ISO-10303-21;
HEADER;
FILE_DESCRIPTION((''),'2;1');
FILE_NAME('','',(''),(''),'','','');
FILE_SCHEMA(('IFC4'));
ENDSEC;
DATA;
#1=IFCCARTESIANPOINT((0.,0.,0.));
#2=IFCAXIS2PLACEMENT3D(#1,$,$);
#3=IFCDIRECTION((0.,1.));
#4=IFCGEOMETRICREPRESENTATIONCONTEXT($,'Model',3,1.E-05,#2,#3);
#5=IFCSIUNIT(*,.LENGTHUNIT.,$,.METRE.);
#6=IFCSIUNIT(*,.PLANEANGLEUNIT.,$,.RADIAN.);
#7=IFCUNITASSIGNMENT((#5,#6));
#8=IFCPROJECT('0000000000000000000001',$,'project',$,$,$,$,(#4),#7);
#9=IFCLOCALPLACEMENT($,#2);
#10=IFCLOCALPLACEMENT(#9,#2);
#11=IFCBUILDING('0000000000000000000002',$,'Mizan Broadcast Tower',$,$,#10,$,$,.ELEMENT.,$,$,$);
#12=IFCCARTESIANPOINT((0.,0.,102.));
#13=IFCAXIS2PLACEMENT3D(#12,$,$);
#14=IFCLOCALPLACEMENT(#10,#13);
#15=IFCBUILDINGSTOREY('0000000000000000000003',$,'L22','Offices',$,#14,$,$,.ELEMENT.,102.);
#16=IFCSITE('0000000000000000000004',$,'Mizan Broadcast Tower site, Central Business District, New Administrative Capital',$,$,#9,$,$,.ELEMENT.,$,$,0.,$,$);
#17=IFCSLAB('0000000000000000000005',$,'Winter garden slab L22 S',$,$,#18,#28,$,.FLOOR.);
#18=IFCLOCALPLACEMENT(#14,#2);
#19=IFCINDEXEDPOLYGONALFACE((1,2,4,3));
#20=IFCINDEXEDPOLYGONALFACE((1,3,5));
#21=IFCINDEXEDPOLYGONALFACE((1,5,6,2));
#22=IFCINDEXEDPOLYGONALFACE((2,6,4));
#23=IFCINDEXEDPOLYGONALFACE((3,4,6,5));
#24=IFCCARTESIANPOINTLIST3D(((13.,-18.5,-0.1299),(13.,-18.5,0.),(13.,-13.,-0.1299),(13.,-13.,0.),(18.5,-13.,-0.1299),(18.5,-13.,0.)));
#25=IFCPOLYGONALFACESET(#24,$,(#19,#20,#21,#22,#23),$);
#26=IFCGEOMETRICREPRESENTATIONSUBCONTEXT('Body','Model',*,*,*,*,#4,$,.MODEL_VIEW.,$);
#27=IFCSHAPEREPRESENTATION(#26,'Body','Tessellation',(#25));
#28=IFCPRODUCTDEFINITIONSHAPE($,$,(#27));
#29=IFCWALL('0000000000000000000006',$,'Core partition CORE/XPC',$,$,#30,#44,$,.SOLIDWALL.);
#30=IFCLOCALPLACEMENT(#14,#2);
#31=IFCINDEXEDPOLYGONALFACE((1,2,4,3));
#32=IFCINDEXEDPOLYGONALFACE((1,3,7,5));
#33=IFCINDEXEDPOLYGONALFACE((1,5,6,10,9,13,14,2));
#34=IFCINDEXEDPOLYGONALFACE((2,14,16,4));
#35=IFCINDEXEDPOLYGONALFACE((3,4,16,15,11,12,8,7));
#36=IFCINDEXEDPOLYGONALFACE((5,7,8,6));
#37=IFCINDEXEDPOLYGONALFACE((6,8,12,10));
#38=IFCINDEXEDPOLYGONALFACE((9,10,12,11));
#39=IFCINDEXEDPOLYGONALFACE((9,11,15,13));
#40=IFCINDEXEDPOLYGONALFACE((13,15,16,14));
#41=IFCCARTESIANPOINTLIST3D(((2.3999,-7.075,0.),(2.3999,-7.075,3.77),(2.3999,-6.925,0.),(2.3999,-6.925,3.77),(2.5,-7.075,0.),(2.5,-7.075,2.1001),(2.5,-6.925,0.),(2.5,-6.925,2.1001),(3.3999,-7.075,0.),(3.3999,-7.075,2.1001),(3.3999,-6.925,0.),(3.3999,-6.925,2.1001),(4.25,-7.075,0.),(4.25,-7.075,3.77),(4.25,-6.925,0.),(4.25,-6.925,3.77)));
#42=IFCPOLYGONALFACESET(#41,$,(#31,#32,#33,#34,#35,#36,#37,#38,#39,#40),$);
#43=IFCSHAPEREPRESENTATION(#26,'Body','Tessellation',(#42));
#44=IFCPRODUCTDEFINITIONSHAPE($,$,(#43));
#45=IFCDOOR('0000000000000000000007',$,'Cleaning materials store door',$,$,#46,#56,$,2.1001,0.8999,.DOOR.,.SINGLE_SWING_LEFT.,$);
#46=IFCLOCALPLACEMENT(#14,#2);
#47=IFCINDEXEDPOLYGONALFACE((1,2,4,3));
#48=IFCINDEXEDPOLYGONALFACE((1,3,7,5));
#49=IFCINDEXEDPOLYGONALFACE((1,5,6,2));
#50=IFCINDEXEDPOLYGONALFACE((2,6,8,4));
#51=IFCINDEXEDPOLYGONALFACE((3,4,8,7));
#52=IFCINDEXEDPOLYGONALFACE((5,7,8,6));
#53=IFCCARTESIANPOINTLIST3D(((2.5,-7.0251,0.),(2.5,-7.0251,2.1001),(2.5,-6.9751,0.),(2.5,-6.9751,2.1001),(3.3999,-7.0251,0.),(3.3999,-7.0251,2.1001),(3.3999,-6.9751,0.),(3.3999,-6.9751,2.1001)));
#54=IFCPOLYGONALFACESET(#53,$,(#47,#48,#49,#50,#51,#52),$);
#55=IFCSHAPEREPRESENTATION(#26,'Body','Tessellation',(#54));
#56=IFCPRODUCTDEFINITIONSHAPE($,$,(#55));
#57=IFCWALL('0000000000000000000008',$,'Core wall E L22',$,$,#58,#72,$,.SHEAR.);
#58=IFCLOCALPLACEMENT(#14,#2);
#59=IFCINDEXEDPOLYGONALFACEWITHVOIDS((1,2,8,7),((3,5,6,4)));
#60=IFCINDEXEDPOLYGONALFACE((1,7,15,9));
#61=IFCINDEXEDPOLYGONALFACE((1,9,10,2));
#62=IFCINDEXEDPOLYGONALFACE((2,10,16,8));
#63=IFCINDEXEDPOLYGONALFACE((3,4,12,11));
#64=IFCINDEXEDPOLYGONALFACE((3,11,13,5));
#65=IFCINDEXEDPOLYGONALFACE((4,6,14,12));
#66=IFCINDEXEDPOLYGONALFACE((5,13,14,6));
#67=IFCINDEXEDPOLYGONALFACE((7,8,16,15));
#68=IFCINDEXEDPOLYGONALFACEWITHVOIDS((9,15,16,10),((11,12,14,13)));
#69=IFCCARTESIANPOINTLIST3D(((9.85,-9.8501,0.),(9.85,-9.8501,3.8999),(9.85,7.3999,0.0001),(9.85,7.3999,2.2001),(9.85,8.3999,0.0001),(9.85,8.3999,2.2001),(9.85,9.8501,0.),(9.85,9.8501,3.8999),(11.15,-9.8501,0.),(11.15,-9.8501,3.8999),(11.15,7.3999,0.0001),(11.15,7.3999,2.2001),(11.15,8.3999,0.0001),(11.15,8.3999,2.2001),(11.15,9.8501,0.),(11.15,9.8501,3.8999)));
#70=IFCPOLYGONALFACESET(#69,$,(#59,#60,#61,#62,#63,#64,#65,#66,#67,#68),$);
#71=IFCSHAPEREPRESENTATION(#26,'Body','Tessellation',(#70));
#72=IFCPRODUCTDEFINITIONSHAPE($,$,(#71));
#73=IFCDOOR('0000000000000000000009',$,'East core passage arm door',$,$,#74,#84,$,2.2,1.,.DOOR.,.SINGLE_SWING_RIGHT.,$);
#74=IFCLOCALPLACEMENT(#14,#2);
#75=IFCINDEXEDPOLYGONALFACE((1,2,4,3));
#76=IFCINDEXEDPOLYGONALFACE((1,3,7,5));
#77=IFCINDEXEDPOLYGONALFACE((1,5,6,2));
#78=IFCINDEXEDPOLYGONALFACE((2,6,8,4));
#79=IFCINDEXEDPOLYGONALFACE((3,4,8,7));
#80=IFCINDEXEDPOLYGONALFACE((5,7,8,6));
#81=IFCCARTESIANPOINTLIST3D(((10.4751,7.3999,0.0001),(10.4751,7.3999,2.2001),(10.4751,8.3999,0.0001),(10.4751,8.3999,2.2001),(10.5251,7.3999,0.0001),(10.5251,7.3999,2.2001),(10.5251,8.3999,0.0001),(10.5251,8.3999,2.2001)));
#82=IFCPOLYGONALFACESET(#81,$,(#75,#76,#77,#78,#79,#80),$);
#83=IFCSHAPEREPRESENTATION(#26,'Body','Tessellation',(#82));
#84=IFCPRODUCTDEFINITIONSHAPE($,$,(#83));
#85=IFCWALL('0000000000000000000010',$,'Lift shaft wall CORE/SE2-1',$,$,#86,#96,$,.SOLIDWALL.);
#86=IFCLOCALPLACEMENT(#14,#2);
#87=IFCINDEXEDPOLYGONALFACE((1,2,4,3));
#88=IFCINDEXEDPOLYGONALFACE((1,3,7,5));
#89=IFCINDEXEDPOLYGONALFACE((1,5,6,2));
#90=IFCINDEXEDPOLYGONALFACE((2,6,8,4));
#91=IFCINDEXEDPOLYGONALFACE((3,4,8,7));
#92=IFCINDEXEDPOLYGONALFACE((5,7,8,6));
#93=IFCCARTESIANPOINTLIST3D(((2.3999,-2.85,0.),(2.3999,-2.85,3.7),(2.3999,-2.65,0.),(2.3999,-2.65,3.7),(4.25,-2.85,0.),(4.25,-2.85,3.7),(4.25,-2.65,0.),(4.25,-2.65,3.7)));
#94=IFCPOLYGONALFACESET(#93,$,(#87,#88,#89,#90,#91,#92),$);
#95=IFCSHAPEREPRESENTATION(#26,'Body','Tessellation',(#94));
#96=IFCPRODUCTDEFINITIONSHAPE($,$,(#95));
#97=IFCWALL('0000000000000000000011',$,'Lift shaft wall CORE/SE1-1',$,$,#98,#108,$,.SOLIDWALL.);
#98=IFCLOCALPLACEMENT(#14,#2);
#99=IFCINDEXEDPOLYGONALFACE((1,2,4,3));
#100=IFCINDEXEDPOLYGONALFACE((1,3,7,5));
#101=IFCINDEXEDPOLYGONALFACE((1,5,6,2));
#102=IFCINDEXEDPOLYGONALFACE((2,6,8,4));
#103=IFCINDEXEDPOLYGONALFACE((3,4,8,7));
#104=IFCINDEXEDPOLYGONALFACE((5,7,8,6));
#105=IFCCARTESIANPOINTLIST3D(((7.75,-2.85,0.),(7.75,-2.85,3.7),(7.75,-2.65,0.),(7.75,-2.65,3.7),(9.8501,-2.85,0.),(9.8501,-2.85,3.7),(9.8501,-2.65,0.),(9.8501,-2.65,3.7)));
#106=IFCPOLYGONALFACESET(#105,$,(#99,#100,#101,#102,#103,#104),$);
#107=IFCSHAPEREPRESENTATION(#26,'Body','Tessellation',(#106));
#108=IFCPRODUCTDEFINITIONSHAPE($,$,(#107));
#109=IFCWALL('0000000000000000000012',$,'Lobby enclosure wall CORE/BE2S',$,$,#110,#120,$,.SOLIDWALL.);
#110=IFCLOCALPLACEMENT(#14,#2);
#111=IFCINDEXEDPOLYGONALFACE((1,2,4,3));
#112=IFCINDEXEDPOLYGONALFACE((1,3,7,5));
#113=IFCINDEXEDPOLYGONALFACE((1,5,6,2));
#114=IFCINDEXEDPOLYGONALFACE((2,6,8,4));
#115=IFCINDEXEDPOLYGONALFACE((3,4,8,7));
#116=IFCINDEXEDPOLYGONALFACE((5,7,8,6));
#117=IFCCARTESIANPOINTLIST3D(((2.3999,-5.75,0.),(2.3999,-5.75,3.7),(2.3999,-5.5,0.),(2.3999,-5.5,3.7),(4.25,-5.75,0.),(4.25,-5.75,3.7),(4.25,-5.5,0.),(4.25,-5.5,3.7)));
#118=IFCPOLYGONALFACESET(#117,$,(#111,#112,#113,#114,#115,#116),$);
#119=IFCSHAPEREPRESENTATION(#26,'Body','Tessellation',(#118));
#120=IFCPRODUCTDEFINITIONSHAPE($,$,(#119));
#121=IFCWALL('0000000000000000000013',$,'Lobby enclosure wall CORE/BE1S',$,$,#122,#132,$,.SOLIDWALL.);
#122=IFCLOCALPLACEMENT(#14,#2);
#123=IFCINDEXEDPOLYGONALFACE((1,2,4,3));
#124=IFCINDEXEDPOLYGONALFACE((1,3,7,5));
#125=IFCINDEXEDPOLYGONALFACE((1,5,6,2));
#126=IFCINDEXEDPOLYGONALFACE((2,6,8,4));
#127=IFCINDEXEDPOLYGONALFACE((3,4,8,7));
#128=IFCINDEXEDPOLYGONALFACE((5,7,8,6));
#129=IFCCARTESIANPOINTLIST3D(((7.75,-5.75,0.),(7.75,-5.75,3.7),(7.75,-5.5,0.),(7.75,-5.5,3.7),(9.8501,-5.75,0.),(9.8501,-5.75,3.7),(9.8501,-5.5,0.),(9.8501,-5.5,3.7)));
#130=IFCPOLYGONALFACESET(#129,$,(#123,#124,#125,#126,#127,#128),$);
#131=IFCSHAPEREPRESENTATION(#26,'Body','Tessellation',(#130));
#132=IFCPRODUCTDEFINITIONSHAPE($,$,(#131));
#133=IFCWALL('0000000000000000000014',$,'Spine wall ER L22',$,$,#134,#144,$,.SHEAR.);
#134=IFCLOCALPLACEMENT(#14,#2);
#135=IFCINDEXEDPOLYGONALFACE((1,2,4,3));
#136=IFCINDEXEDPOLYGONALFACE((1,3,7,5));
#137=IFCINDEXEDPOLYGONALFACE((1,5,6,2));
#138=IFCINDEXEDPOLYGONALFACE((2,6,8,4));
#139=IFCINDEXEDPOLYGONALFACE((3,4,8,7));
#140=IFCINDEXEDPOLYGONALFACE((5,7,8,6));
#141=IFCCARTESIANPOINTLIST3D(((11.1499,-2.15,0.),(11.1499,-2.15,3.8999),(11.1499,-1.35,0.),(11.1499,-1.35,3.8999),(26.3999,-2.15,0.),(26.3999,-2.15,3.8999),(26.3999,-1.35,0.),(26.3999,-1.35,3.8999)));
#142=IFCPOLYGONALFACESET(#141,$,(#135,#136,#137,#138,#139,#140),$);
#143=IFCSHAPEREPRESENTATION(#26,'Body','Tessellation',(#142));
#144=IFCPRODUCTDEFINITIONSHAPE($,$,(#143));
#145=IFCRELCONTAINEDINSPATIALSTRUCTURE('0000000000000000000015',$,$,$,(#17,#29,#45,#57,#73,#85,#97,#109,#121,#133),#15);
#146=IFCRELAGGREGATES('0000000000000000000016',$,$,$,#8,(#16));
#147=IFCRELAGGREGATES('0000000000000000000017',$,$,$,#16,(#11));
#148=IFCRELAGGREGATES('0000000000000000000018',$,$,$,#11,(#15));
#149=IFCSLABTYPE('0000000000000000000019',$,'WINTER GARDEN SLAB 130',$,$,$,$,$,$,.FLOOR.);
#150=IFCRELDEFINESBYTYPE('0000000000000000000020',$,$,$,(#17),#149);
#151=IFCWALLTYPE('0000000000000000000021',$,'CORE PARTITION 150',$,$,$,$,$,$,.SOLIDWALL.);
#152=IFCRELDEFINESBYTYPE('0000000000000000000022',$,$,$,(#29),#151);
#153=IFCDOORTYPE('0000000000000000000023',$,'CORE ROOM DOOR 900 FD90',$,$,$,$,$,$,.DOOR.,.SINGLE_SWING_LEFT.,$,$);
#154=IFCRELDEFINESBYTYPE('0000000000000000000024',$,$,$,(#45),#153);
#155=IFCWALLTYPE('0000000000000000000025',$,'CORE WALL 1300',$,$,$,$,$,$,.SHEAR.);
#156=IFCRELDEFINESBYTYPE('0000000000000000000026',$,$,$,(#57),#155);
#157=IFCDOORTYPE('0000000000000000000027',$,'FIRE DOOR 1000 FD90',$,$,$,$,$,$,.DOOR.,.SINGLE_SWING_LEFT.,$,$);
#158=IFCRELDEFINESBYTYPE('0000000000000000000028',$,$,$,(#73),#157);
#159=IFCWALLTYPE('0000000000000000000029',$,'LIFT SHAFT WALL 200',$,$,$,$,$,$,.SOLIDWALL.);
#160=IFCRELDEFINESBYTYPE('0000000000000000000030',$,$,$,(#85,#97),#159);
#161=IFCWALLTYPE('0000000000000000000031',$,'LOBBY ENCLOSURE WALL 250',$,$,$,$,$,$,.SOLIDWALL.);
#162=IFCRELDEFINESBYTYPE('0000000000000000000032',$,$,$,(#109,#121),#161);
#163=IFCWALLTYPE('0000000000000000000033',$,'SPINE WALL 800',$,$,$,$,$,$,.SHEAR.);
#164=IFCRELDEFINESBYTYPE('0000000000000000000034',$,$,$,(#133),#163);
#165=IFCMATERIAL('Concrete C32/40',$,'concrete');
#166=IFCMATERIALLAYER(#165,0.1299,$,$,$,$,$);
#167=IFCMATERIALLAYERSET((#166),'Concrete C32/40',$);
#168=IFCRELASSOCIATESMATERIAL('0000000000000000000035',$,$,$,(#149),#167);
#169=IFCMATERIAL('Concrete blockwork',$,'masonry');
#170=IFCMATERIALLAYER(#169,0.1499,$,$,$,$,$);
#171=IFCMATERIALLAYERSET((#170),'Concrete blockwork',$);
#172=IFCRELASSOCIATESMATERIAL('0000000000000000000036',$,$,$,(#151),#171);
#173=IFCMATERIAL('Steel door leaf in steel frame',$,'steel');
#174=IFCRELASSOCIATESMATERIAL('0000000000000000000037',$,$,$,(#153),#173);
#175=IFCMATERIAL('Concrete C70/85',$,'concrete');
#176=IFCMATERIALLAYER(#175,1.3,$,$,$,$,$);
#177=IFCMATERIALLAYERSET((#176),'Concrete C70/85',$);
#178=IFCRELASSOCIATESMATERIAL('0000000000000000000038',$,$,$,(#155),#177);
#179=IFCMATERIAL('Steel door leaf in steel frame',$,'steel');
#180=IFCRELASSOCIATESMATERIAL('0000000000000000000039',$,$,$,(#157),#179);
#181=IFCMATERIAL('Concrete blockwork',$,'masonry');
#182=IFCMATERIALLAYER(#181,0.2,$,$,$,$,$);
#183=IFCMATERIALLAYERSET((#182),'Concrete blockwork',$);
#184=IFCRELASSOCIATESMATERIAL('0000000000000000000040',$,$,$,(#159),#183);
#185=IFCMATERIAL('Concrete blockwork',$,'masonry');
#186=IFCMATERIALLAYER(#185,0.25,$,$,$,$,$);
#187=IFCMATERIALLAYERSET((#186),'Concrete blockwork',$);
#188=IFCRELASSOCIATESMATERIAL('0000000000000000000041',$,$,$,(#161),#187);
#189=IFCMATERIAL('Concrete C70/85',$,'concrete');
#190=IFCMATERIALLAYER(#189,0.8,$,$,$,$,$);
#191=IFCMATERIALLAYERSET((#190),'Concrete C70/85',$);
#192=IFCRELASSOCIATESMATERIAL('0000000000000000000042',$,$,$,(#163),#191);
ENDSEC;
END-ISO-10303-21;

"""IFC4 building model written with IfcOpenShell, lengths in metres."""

from ifc_helpers import new_model, si_unit, direction, frame, frame_2d, origin, place, context, subcontext, project, spatial, polyline, rectangle, outline, extrude, material, layer, layer_set, type_object, element, fill, save


model = new_model("IFC4")

# Units and contexts
model_context = context("Model", 3, precision=1e-05, world=origin(), true_north=direction((0.0, 1.0)))
body_context = subcontext(model_context, "Body", "Model", "MODEL_VIEW")
ifc_project = project(units=[si_unit("LENGTHUNIT", "METRE"), si_unit("PLANEANGLEUNIT", "RADIAN")], contexts=[model_context])

# Site, building, storey
site_placement = place(None, origin())
site = spatial("IfcSite", under=ifc_project, at=site_placement, Name="Mizan Broadcast Tower site, Central Business District, New Administrative Capital", CompositionType="ELEMENT", RefElevation=0.0)
building_placement = place(site_placement, origin())
building = spatial("IfcBuilding", under=site, at=building_placement, Name="Mizan Broadcast Tower", CompositionType="ELEMENT")
storey_placement = place(building_placement, frame((0.0, 0.0, 102.0)))
storey = spatial("IfcBuildingStorey", under=building, at=storey_placement, Name="L22", Description="Offices", CompositionType="ELEMENT", Elevation=102.0)

# Slab
ifc_material_1 = material(Name="Concrete C32/40", Category="concrete")
ifc_layer_1 = layer(ifc_material_1, 0.1299)
ifc_layer_set_1 = layer_set([ifc_layer_1], Name="Concrete C32/40")
slab_type_1 = type_object("IfcSlabType", Name="WINTER GARDEN SLAB 130", PredefinedType="FLOOR", material=ifc_layer_set_1)
slab_1_placement = place(storey_placement, frame((0.0, 0.0, -0.1299)))
element("IfcSlab", 1, at=slab_1_placement, inside=storey, type_object=slab_type_1, Name="Winter garden slab L22 S", PredefinedType="FLOOR", context=body_context, shape_type="SweptSolid", body=[
    extrude(outline(polyline([(13.0, -13.0), (13.0, -18.5), (18.5, -13.0), (13.0, -13.0)])), origin(), (0.0, 0.0, 1.0), 0.1299),
])

# Walls, openings, doors
ifc_material_2 = material(Name="Concrete blockwork", Category="masonry")
ifc_layer_2 = layer(ifc_material_2, 0.1499)
ifc_layer_set_2 = layer_set([ifc_layer_2], Name="Concrete blockwork")
wall_type_1 = type_object("IfcWallType", Name="CORE PARTITION 150", PredefinedType="SOLIDWALL", material=ifc_layer_set_2)
wall_1_placement = place(storey_placement, frame((2.3999, -7.0, 0.0), z_axis=(0.0, 0.0, 1.0), x_axis=(1.0, 0.0, 0.0)))
wall_1 = element("IfcWall", 2, at=wall_1_placement, inside=storey, type_object=wall_type_1, Name="Core partition CORE/XPC", PredefinedType="SOLIDWALL", context=body_context, shape_type="SweptSolid", body=[
    extrude(rectangle(XDim=1.8501, YDim=0.1499, at=frame_2d((0.925, 0.0))), origin(), (0.0, 0.0, 1.0), 3.77),
])
opening_1_placement = place(wall_1_placement, frame((0.1001, 0.0, 0.0)))
opening_1 = element("IfcOpeningElement", 3, at=opening_1_placement, cuts=wall_1, PredefinedType="OPENING", context=body_context, shape_type="SweptSolid", body=[
    extrude(rectangle(XDim=0.8999, YDim=2.1001, at=frame_2d((0.45, 1.05))), frame((0.0, 0.085, 0.0), z_axis=(0.0, -1.0, 0.0), x_axis=(1.0, 0.0, 0.0)), (0.0, 0.0, 1.0), 0.1699),
])
ifc_material_3 = material(Name="Steel door leaf in steel frame", Category="steel")
door_type_1 = type_object("IfcDoorType", Name="CORE ROOM DOOR 900 FD90", OperationType="SINGLE_SWING_LEFT", PredefinedType="DOOR", material=ifc_material_3)
door_1_placement = place(opening_1_placement, origin())
door_1 = element("IfcDoor", 4, at=door_1_placement, inside=storey, type_object=door_type_1, Name="Cleaning materials store door", OperationType="SINGLE_SWING_LEFT", OverallHeight=2.1001, OverallWidth=0.8999, PredefinedType="DOOR", context=body_context, shape_type="SweptSolid", body=[
    extrude(rectangle(XDim=0.8999, YDim=2.1001, at=frame_2d((0.45, 1.05))), frame((0.0, 0.0249, 0.0), z_axis=(0.0, -1.0, 0.0), x_axis=(1.0, 0.0, 0.0)), (0.0, 0.0, 1.0), 0.05),
])
fill(opening_1, door_1)
ifc_material_4 = material(Name="Concrete C70/85", Category="concrete")
ifc_layer_3 = layer(ifc_material_4, 1.3)
ifc_layer_set_3 = layer_set([ifc_layer_3], Name="Concrete C70/85")
wall_type_2 = type_object("IfcWallType", Name="CORE WALL 1300", PredefinedType="SHEAR", material=ifc_layer_set_3)
wall_2_placement = place(storey_placement, frame((10.5, -9.8501, 0.0), z_axis=(0.0, 0.0, 1.0), x_axis=(0.0, 1.0, 0.0)))
wall_2 = element("IfcWall", 5, at=wall_2_placement, inside=storey, type_object=wall_type_2, Name="Core wall E L22", PredefinedType="SHEAR", context=body_context, shape_type="SweptSolid", body=[
    extrude(rectangle(XDim=19.7002, YDim=1.3, at=frame_2d((9.8501, 0.0))), origin(), (0.0, 0.0, 1.0), 3.8999),
])
opening_2_placement = place(wall_2_placement, frame((17.25, 0.0, 0.0)))
opening_2 = element("IfcOpeningElement", 6, at=opening_2_placement, cuts=wall_2, PredefinedType="OPENING", context=body_context, shape_type="SweptSolid", body=[
    extrude(rectangle(XDim=1.0, YDim=2.2, at=frame_2d((0.5, 1.1001))), frame((0.0, 0.6599, 0.0), z_axis=(0.0, -1.0, 0.0), x_axis=(1.0, 0.0, 0.0)), (0.0, 0.0, 1.0), 1.3201),
])
ifc_material_5 = material(Name="Steel door leaf in steel frame", Category="steel")
door_type_2 = type_object("IfcDoorType", Name="FIRE DOOR 1000 FD90", OperationType="SINGLE_SWING_LEFT", PredefinedType="DOOR", material=ifc_material_5)
door_2_placement = place(opening_2_placement, origin())
door_2 = element("IfcDoor", 7, at=door_2_placement, inside=storey, type_object=door_type_2, Name="East core passage arm door", OperationType="SINGLE_SWING_RIGHT", OverallHeight=2.2, OverallWidth=1.0, PredefinedType="DOOR", context=body_context, shape_type="SweptSolid", body=[
    extrude(rectangle(XDim=1.0, YDim=2.2, at=frame_2d((0.5, 1.1001))), frame((0.0, 0.0249, 0.0), z_axis=(0.0, -1.0, 0.0), x_axis=(1.0, 0.0, 0.0)), (0.0, 0.0, 1.0), 0.05),
])
fill(opening_2, door_2)

# Walls
ifc_material_6 = material(Name="Concrete blockwork", Category="masonry")
ifc_layer_4 = layer(ifc_material_6, 0.2)
ifc_layer_set_4 = layer_set([ifc_layer_4], Name="Concrete blockwork")
wall_type_3 = type_object("IfcWallType", Name="LIFT SHAFT WALL 200", PredefinedType="SOLIDWALL", material=ifc_layer_set_4)
wall_3_placement = place(storey_placement, frame((2.3999, -2.75, 0.0), z_axis=(0.0, 0.0, 1.0), x_axis=(1.0, 0.0, 0.0)))
element("IfcWall", 8, at=wall_3_placement, inside=storey, type_object=wall_type_3, Name="Lift shaft wall CORE/SE2-1", PredefinedType="SOLIDWALL", context=body_context, shape_type="SweptSolid", body=[
    extrude(rectangle(XDim=1.8501, YDim=0.2, at=frame_2d((0.925, 0.0))), origin(), (0.0, 0.0, 1.0), 3.7),
])
wall_4_placement = place(storey_placement, frame((7.75, -2.75, 0.0), z_axis=(0.0, 0.0, 1.0), x_axis=(1.0, 0.0, 0.0)))
element("IfcWall", 9, at=wall_4_placement, inside=storey, type_object=wall_type_3, Name="Lift shaft wall CORE/SE1-1", PredefinedType="SOLIDWALL", context=body_context, shape_type="SweptSolid", body=[
    extrude(rectangle(XDim=2.1001, YDim=0.2, at=frame_2d((1.05, 0.0))), origin(), (0.0, 0.0, 1.0), 3.7),
])
ifc_material_7 = material(Name="Concrete blockwork", Category="masonry")
ifc_layer_5 = layer(ifc_material_7, 0.25)
ifc_layer_set_5 = layer_set([ifc_layer_5], Name="Concrete blockwork")
wall_type_4 = type_object("IfcWallType", Name="LOBBY ENCLOSURE WALL 250", PredefinedType="SOLIDWALL", material=ifc_layer_set_5)
wall_5_placement = place(storey_placement, frame((2.3999, -5.625, 0.0), z_axis=(0.0, 0.0, 1.0), x_axis=(1.0, 0.0, 0.0)))
element("IfcWall", 10, at=wall_5_placement, inside=storey, type_object=wall_type_4, Name="Lobby enclosure wall CORE/BE2S", PredefinedType="SOLIDWALL", context=body_context, shape_type="SweptSolid", body=[
    extrude(rectangle(XDim=1.8501, YDim=0.25, at=frame_2d((0.925, 0.0))), origin(), (0.0, 0.0, 1.0), 3.7),
])
wall_6_placement = place(storey_placement, frame((7.75, -5.625, 0.0), z_axis=(0.0, 0.0, 1.0), x_axis=(1.0, 0.0, 0.0)))
element("IfcWall", 11, at=wall_6_placement, inside=storey, type_object=wall_type_4, Name="Lobby enclosure wall CORE/BE1S", PredefinedType="SOLIDWALL", context=body_context, shape_type="SweptSolid", body=[
    extrude(rectangle(XDim=2.1001, YDim=0.25, at=frame_2d((1.05, 0.0))), origin(), (0.0, 0.0, 1.0), 3.7),
])
ifc_material_8 = material(Name="Concrete C70/85", Category="concrete")
ifc_layer_6 = layer(ifc_material_8, 0.8)
ifc_layer_set_6 = layer_set([ifc_layer_6], Name="Concrete C70/85")
wall_type_5 = type_object("IfcWallType", Name="SPINE WALL 800", PredefinedType="SHEAR", material=ifc_layer_set_6)
wall_7_placement = place(storey_placement, frame((11.1499, -1.75, 0.0), z_axis=(0.0, 0.0, 1.0), x_axis=(1.0, 0.0, 0.0)))
element("IfcWall", 12, at=wall_7_placement, inside=storey, type_object=wall_type_5, Name="Spine wall ER L22", PredefinedType="SHEAR", context=body_context, shape_type="SweptSolid", body=[
    extrude(rectangle(XDim=15.25, YDim=0.8, at=frame_2d((7.625, 0.0))), origin(), (0.0, 0.0, 1.0), 3.8999),
])

save(model, "model.ifc")
